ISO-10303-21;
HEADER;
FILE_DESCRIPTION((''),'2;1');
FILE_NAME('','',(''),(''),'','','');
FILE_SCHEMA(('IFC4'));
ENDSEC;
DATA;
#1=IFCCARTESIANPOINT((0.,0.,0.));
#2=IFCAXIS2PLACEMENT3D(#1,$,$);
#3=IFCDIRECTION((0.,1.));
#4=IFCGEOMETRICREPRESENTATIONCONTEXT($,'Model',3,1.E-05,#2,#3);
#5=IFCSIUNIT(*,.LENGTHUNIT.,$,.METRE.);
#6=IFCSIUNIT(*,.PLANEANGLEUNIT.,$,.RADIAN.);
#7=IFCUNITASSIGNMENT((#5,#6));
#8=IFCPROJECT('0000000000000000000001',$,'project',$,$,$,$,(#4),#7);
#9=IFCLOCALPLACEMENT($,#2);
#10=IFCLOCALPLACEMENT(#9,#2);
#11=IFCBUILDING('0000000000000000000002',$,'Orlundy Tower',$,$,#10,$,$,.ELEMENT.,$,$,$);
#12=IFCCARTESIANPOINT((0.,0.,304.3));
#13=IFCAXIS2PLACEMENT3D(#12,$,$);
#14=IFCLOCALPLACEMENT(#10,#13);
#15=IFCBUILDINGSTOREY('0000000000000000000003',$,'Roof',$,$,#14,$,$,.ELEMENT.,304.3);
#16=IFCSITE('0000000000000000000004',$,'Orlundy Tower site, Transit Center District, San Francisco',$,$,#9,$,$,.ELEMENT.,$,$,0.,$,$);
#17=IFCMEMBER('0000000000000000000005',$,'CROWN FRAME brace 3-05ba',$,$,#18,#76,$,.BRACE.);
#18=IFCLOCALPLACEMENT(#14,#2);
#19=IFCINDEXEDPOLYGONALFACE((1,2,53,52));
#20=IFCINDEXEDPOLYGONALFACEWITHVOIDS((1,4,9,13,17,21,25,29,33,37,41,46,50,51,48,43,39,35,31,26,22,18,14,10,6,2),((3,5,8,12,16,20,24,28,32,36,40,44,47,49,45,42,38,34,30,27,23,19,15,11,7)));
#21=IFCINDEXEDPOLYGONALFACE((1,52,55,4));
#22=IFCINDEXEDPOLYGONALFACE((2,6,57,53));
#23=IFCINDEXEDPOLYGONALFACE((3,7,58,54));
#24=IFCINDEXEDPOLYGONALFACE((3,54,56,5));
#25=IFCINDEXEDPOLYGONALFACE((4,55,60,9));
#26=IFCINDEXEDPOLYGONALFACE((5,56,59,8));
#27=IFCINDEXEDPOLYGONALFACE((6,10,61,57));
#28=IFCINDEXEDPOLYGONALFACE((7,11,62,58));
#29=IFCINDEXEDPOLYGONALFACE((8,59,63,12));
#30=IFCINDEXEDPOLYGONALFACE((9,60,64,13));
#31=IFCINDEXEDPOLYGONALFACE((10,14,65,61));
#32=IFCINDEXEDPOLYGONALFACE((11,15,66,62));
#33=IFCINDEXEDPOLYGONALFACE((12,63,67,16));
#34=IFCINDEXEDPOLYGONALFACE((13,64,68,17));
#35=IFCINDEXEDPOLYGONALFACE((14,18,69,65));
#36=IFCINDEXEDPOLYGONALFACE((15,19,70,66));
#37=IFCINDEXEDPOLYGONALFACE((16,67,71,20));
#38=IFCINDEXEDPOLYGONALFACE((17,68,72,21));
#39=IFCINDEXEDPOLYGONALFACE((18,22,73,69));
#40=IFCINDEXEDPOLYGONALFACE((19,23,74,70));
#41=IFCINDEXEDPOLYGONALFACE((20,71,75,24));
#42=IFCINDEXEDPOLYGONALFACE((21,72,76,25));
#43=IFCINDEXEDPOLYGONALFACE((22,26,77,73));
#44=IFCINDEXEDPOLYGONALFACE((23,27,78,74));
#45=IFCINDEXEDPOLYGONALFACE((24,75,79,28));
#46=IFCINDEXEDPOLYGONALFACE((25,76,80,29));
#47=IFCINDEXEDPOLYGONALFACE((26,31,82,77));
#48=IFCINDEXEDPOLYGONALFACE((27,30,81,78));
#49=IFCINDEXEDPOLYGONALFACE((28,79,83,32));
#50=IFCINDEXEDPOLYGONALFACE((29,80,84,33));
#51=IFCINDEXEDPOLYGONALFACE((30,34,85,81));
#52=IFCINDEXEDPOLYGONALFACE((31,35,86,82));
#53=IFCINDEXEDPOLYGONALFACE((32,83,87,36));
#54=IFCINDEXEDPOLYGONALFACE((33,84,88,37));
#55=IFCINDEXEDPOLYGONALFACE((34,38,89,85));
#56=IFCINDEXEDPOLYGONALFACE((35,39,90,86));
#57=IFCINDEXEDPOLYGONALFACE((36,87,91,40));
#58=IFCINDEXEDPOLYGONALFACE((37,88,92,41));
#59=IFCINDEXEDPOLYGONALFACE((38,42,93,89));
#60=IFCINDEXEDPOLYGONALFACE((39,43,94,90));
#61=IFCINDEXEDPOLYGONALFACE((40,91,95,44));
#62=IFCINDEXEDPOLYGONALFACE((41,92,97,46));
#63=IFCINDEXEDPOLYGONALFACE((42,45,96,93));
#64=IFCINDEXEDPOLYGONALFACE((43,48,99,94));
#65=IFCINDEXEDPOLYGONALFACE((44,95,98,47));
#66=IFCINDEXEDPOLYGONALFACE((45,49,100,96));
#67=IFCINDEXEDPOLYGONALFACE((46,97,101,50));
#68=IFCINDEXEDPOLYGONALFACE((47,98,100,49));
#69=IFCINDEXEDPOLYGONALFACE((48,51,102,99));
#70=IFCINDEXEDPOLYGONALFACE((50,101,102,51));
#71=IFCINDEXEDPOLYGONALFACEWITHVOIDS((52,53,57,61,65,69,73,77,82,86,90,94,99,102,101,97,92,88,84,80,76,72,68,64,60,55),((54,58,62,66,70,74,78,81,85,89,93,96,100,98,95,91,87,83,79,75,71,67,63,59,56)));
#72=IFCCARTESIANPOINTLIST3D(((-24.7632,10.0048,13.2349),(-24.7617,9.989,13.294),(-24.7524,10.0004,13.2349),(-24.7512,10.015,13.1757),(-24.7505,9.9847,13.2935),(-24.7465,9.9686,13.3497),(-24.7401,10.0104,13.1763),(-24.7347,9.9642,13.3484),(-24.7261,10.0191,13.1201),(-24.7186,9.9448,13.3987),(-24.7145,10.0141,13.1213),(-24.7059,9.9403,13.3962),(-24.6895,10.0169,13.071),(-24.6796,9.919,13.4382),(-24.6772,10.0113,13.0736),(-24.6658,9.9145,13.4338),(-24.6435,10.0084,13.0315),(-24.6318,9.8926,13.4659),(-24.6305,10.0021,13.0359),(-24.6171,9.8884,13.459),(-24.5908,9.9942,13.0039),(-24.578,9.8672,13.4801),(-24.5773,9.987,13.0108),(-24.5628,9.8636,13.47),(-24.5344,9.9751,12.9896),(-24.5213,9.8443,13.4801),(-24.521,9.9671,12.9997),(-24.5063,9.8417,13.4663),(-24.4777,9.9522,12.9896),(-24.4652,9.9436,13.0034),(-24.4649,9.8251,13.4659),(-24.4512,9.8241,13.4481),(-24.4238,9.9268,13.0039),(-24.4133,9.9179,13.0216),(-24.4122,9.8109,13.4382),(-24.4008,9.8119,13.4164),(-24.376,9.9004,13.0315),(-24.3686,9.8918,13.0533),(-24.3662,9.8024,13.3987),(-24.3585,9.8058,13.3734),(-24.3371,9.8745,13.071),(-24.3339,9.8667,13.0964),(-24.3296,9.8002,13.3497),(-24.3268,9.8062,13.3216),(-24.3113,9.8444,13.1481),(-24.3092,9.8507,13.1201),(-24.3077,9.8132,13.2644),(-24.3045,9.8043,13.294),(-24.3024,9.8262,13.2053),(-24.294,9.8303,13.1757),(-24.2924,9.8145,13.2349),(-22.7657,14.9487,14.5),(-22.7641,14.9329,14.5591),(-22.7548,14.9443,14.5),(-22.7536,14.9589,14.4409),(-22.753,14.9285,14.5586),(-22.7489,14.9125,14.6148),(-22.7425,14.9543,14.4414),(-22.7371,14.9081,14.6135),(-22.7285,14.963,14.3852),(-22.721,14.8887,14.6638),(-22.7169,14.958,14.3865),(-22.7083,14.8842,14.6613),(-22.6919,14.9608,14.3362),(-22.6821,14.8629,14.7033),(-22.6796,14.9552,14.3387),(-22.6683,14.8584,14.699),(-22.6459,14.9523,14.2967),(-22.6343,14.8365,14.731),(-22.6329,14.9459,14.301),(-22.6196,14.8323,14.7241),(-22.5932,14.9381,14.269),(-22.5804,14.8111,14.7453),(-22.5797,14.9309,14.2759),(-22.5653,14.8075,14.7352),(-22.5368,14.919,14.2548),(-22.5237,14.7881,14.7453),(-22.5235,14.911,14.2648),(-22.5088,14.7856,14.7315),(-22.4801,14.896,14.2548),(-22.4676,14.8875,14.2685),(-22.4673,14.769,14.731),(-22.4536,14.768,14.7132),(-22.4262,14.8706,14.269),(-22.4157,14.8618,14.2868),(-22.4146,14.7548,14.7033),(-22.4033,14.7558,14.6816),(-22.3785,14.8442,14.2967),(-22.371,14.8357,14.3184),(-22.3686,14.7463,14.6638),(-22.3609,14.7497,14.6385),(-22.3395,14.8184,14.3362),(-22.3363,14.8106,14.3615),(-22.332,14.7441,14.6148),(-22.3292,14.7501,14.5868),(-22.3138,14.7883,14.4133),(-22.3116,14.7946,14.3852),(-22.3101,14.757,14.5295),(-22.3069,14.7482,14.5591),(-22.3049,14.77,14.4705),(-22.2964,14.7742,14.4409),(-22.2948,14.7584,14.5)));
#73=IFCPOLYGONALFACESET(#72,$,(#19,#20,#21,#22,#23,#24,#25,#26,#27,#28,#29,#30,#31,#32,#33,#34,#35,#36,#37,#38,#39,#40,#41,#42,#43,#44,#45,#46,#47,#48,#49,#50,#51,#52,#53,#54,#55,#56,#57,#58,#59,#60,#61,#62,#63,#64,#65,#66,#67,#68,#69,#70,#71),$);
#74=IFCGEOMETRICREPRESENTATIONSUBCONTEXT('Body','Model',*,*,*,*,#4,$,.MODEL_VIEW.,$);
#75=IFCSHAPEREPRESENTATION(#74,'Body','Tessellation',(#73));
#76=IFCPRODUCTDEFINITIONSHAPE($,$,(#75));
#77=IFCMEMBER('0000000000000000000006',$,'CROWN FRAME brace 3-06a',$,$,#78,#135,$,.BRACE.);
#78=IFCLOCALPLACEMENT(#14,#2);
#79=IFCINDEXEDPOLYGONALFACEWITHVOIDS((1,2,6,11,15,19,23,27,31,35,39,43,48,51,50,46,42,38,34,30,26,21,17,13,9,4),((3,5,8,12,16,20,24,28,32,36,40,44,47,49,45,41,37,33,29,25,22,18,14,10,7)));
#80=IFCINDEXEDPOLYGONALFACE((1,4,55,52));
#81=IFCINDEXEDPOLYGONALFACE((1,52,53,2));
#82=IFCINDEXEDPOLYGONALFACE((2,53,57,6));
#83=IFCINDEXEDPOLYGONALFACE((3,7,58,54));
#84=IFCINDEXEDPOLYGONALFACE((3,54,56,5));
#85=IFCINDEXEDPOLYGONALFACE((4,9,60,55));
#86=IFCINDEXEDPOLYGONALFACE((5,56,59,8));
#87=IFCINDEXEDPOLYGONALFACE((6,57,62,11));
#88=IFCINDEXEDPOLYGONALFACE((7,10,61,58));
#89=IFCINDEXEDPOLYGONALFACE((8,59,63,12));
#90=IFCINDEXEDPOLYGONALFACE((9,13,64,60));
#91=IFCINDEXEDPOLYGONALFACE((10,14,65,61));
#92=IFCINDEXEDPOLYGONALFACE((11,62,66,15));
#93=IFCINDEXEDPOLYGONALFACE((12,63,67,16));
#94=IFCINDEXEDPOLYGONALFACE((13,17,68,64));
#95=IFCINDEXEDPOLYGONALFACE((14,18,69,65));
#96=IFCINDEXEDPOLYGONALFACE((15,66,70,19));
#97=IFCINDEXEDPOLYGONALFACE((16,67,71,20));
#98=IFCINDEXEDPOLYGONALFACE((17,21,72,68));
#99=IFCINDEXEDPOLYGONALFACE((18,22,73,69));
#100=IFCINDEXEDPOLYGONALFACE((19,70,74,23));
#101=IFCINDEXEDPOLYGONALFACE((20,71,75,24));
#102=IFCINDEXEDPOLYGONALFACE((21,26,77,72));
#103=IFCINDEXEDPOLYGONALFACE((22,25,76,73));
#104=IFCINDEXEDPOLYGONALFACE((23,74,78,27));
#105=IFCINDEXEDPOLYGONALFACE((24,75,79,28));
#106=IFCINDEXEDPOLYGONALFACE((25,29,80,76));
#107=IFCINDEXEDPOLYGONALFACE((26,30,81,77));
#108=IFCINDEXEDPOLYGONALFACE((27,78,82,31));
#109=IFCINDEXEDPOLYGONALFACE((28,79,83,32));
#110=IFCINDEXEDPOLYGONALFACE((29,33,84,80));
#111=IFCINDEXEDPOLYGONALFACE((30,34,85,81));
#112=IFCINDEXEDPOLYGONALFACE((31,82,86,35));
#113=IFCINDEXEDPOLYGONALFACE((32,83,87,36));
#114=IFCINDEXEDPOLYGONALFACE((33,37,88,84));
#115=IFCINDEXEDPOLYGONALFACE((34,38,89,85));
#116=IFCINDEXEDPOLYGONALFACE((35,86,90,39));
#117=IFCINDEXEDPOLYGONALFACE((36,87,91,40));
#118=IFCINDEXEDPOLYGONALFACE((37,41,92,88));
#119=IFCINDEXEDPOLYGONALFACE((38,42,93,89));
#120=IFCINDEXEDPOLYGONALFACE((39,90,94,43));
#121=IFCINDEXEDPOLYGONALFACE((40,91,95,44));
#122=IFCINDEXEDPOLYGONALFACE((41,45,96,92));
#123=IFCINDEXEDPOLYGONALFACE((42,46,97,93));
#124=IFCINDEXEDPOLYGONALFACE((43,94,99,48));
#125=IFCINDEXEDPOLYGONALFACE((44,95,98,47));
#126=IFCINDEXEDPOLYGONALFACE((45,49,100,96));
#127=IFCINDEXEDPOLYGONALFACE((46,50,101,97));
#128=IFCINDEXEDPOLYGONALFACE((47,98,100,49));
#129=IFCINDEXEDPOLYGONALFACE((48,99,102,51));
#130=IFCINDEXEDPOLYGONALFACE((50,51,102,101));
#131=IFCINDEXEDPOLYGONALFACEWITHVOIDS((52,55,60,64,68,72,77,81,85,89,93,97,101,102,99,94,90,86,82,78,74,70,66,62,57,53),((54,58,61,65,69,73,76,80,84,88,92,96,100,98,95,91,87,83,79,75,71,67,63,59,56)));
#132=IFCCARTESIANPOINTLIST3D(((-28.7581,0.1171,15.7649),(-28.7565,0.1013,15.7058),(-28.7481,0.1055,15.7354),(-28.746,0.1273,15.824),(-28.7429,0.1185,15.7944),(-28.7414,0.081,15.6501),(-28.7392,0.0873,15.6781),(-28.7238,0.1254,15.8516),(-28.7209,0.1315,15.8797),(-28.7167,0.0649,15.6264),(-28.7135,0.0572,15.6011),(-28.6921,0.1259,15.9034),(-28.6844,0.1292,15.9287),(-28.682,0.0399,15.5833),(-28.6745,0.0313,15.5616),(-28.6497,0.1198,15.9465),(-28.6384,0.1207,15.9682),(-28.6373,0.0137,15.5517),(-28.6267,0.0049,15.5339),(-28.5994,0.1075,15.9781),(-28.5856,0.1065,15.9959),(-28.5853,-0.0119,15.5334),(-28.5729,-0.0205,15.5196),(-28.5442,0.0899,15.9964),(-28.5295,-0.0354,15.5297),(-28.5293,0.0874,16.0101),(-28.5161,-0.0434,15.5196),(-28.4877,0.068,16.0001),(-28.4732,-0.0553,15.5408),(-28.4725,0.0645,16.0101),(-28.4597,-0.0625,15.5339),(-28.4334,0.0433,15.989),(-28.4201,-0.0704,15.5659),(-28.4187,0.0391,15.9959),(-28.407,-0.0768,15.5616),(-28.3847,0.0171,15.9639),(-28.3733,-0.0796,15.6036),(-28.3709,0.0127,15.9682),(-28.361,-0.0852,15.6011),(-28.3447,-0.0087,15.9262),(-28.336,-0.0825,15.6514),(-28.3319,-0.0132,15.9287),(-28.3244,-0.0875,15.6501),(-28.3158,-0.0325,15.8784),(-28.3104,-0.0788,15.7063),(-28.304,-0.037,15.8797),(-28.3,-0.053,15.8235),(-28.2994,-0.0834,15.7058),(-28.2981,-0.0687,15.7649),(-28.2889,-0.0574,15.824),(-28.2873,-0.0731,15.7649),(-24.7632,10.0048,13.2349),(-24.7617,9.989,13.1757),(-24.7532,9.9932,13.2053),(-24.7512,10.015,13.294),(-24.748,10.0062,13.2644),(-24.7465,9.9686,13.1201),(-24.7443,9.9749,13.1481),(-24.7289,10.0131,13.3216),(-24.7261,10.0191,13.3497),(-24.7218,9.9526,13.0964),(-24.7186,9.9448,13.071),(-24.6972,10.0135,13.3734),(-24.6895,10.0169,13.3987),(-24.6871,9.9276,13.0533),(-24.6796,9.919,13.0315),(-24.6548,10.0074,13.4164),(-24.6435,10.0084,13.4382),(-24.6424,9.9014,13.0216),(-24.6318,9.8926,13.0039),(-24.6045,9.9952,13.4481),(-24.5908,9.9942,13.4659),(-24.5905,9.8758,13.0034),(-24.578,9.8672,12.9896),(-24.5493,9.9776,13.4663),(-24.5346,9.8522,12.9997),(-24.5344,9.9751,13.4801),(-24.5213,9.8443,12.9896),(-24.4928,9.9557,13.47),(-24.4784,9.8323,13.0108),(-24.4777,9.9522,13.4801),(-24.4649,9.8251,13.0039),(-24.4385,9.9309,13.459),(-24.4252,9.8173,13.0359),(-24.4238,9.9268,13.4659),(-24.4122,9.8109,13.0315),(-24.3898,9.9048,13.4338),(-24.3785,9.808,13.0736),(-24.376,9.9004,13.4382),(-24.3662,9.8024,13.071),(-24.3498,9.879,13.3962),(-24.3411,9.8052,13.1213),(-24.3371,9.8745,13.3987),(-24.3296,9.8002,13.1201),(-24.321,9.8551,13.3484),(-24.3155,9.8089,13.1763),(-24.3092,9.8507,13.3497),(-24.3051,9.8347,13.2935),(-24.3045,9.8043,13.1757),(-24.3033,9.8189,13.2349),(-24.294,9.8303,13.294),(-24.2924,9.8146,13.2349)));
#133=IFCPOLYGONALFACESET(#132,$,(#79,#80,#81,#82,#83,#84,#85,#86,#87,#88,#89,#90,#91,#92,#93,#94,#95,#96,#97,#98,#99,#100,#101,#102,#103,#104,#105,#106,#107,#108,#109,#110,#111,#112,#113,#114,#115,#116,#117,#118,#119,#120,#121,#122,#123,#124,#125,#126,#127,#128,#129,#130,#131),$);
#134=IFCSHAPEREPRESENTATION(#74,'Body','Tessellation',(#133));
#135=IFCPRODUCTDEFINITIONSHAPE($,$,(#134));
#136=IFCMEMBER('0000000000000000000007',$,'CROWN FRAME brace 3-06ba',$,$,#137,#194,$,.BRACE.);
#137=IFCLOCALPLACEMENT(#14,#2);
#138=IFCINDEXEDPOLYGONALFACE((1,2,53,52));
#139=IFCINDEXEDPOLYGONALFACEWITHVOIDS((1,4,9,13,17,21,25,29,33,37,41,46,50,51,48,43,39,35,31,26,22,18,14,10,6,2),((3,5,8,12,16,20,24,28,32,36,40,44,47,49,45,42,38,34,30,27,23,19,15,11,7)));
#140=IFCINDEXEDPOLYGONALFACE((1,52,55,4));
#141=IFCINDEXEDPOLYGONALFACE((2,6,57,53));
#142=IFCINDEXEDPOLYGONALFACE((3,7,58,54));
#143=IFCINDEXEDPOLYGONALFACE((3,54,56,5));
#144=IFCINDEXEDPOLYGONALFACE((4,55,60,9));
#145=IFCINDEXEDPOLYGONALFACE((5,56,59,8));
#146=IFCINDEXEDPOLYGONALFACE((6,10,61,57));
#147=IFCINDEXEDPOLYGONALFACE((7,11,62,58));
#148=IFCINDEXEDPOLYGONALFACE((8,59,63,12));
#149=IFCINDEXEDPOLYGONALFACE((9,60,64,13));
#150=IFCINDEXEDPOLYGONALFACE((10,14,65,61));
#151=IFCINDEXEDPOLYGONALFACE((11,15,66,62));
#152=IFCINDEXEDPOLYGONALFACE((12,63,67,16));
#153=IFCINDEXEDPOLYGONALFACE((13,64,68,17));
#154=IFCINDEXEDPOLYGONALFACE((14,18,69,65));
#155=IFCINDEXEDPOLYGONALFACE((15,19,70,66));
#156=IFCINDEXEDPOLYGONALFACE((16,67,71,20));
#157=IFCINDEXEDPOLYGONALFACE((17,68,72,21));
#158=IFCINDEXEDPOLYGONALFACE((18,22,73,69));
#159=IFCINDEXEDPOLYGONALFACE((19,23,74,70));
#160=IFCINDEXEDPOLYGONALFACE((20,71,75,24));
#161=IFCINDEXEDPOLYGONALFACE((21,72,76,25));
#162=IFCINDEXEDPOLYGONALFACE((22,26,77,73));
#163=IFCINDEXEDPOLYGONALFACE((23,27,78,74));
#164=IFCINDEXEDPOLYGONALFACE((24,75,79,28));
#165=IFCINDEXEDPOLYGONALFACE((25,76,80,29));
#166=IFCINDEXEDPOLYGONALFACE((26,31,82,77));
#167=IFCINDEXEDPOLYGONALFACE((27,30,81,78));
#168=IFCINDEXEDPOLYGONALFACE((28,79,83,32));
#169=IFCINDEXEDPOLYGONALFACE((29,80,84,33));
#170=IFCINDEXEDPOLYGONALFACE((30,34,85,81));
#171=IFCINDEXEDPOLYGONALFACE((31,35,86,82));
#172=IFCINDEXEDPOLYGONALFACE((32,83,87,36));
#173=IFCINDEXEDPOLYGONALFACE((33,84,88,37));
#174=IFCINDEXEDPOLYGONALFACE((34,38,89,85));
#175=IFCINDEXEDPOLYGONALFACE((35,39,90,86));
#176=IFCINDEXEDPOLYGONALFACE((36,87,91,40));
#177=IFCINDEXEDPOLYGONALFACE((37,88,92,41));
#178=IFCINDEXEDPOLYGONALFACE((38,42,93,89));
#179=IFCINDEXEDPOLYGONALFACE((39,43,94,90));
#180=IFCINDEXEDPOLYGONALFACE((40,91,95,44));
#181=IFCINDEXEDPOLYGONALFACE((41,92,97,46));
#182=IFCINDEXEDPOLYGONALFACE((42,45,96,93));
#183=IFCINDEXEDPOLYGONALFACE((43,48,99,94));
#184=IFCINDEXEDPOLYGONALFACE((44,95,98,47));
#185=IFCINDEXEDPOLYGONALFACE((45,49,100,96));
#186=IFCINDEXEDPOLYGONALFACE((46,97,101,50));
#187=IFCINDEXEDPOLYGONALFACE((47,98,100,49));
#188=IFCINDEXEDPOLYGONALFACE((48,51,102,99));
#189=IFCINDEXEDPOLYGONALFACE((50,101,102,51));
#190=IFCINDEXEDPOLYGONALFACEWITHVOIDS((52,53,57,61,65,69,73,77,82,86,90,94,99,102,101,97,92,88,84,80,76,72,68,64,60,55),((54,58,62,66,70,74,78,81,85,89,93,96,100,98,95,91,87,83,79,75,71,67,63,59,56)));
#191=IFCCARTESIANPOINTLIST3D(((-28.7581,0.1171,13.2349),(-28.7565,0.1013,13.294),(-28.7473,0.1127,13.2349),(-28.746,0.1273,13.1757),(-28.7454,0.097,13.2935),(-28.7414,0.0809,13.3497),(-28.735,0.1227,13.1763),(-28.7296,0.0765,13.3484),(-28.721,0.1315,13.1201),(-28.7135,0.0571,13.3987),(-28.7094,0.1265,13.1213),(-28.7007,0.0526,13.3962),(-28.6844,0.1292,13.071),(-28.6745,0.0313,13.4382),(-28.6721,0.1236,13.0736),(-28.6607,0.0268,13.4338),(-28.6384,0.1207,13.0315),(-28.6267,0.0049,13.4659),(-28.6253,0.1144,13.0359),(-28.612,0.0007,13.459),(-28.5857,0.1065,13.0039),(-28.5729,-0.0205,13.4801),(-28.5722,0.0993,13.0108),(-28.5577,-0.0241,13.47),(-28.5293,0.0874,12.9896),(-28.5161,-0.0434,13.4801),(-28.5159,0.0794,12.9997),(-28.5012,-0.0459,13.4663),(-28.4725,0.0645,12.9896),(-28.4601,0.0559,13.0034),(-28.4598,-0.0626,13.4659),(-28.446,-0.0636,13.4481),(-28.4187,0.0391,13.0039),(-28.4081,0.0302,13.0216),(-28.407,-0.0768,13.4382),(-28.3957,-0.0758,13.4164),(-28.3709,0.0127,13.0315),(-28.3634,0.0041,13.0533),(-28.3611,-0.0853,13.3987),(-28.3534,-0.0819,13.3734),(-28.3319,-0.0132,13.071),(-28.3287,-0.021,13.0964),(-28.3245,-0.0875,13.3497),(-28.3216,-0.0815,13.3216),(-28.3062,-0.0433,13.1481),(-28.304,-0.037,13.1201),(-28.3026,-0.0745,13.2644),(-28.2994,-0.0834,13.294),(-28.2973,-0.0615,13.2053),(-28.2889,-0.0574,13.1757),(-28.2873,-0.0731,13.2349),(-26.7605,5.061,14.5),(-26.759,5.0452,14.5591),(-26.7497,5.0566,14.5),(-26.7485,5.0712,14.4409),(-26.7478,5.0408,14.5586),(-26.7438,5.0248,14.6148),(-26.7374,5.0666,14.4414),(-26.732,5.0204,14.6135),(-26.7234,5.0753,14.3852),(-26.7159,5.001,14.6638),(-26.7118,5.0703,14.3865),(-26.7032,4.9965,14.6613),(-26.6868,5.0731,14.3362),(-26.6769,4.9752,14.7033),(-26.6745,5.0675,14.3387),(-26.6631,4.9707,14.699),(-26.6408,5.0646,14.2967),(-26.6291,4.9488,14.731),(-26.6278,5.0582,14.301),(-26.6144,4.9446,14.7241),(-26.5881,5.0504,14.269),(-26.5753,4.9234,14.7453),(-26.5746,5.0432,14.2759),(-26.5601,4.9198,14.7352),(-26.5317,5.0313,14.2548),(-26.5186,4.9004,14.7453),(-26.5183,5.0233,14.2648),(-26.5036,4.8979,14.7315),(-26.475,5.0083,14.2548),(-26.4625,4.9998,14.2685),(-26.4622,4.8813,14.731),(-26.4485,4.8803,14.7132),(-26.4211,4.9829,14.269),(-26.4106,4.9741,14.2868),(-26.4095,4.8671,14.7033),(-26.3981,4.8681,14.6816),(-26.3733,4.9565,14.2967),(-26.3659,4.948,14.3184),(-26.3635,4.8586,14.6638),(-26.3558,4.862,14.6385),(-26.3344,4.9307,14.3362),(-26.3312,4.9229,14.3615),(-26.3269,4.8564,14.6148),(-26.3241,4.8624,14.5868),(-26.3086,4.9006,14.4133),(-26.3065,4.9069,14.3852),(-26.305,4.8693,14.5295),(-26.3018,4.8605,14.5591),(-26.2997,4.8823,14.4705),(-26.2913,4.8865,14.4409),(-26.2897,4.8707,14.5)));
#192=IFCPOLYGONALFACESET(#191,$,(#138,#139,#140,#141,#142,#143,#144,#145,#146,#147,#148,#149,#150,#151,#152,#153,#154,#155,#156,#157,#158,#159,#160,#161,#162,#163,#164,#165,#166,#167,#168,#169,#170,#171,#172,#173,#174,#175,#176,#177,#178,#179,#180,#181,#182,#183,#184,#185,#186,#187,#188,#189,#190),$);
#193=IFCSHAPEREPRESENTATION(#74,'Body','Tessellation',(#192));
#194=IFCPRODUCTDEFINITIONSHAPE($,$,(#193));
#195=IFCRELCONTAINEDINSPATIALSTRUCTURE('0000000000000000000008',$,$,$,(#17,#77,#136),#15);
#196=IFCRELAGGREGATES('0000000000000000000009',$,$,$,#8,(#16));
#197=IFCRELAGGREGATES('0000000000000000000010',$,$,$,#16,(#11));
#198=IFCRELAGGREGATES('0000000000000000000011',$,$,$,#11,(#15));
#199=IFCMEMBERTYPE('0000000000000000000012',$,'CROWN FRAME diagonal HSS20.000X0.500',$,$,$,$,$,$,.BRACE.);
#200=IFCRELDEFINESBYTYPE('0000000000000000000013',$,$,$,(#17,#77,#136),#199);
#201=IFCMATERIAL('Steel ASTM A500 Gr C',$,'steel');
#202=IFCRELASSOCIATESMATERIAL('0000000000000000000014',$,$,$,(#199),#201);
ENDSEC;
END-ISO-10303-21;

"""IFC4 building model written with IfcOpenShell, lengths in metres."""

from ifc_helpers import new_model, si_unit, direction, frame, origin, origin_2d, place, context, subcontext, project, spatial, hollow_circle, extrude, material, material_profile, profile_set, type_object, element, save


model = new_model("IFC4")

# Units and contexts
model_context = context("Model", 3, precision=1e-05, world=origin(), true_north=direction((0.0, 1.0)))
body_context = subcontext(model_context, "Body", "Model", "MODEL_VIEW")
ifc_project = project(units=[si_unit("LENGTHUNIT", "METRE"), si_unit("PLANEANGLEUNIT", "RADIAN")], contexts=[model_context])

# Site, building, storey
site_placement = place(None, origin())
site = spatial("IfcSite", under=ifc_project, at=site_placement, Name="Orlundy Tower site, Transit Center District, San Francisco", CompositionType="ELEMENT", RefElevation=0.0)
building_placement = place(site_placement, origin())
building = spatial("IfcBuilding", under=site, at=building_placement, Name="Orlundy Tower", CompositionType="ELEMENT")
storey_placement = place(building_placement, frame((0.0, 0.0, 304.3)))
storey = spatial("IfcBuildingStorey", under=building, at=storey_placement, Name="Roof", CompositionType="ELEMENT", Elevation=304.3)

# Members
ifc_material_1 = material(Name="Steel ASTM A500 Gr C", Category="steel")
ifc_material_profile_1 = material_profile(ifc_material_1, hollow_circle(Radius=0.2539, WallThickness=0.0117, at=origin_2d()), Name="HSS20.000X0.500")
ifc_profile_set_1 = profile_set([ifc_material_profile_1], Name="Steel ASTM A500 Gr C")
member_type_1 = type_object("IfcMemberType", Name="CROWN FRAME diagonal HSS20.000X0.500", PredefinedType="BRACE", material=ifc_profile_set_1)
member_1_placement = place(storey_placement, frame((-24.5278, 9.9097, 13.2349), z_axis=(0.364506, 0.902131, 0.230857), x_axis=(-0.927176, 0.374625, 0.0)))
element("IfcMember", 1, at=member_1_placement, inside=storey, type_object=member_type_1, Name="CROWN FRAME brace 3-05ba", PredefinedType="BRACE", context=body_context, shape_type="SweptSolid", body=[
    extrude(hollow_circle(Radius=0.2539, WallThickness=0.0117, at=origin_2d()), origin(), (0.0, 0.0, 1.0), 5.4802),
])
member_2_placement = place(storey_placement, frame((-24.5278, 9.9097, 13.2349), z_axis=(-0.364488, -0.902143, 0.230837), x_axis=(0.927184, -0.374605, 0.0)))
element("IfcMember", 2, at=member_2_placement, inside=storey, type_object=member_type_1, Name="CROWN FRAME brace 3-06a", PredefinedType="BRACE", context=body_context, shape_type="SweptSolid", body=[
    extrude(hollow_circle(Radius=0.2539, WallThickness=0.0117, at=origin_2d()), origin(), (0.0, 0.0, 1.0), 10.9602),
])
member_3_placement = place(storey_placement, frame((-28.5227, 0.022, 13.2349), z_axis=(0.364506, 0.902131, 0.230857), x_axis=(-0.927176, 0.374625, 0.0)))
element("IfcMember", 3, at=member_3_placement, inside=storey, type_object=member_type_1, Name="CROWN FRAME brace 3-06ba", PredefinedType="BRACE", context=body_context, shape_type="SweptSolid", body=[
    extrude(hollow_circle(Radius=0.2539, WallThickness=0.0117, at=origin_2d()), origin(), (0.0, 0.0, 1.0), 5.4802),
])

save(model, "model.ifc")
